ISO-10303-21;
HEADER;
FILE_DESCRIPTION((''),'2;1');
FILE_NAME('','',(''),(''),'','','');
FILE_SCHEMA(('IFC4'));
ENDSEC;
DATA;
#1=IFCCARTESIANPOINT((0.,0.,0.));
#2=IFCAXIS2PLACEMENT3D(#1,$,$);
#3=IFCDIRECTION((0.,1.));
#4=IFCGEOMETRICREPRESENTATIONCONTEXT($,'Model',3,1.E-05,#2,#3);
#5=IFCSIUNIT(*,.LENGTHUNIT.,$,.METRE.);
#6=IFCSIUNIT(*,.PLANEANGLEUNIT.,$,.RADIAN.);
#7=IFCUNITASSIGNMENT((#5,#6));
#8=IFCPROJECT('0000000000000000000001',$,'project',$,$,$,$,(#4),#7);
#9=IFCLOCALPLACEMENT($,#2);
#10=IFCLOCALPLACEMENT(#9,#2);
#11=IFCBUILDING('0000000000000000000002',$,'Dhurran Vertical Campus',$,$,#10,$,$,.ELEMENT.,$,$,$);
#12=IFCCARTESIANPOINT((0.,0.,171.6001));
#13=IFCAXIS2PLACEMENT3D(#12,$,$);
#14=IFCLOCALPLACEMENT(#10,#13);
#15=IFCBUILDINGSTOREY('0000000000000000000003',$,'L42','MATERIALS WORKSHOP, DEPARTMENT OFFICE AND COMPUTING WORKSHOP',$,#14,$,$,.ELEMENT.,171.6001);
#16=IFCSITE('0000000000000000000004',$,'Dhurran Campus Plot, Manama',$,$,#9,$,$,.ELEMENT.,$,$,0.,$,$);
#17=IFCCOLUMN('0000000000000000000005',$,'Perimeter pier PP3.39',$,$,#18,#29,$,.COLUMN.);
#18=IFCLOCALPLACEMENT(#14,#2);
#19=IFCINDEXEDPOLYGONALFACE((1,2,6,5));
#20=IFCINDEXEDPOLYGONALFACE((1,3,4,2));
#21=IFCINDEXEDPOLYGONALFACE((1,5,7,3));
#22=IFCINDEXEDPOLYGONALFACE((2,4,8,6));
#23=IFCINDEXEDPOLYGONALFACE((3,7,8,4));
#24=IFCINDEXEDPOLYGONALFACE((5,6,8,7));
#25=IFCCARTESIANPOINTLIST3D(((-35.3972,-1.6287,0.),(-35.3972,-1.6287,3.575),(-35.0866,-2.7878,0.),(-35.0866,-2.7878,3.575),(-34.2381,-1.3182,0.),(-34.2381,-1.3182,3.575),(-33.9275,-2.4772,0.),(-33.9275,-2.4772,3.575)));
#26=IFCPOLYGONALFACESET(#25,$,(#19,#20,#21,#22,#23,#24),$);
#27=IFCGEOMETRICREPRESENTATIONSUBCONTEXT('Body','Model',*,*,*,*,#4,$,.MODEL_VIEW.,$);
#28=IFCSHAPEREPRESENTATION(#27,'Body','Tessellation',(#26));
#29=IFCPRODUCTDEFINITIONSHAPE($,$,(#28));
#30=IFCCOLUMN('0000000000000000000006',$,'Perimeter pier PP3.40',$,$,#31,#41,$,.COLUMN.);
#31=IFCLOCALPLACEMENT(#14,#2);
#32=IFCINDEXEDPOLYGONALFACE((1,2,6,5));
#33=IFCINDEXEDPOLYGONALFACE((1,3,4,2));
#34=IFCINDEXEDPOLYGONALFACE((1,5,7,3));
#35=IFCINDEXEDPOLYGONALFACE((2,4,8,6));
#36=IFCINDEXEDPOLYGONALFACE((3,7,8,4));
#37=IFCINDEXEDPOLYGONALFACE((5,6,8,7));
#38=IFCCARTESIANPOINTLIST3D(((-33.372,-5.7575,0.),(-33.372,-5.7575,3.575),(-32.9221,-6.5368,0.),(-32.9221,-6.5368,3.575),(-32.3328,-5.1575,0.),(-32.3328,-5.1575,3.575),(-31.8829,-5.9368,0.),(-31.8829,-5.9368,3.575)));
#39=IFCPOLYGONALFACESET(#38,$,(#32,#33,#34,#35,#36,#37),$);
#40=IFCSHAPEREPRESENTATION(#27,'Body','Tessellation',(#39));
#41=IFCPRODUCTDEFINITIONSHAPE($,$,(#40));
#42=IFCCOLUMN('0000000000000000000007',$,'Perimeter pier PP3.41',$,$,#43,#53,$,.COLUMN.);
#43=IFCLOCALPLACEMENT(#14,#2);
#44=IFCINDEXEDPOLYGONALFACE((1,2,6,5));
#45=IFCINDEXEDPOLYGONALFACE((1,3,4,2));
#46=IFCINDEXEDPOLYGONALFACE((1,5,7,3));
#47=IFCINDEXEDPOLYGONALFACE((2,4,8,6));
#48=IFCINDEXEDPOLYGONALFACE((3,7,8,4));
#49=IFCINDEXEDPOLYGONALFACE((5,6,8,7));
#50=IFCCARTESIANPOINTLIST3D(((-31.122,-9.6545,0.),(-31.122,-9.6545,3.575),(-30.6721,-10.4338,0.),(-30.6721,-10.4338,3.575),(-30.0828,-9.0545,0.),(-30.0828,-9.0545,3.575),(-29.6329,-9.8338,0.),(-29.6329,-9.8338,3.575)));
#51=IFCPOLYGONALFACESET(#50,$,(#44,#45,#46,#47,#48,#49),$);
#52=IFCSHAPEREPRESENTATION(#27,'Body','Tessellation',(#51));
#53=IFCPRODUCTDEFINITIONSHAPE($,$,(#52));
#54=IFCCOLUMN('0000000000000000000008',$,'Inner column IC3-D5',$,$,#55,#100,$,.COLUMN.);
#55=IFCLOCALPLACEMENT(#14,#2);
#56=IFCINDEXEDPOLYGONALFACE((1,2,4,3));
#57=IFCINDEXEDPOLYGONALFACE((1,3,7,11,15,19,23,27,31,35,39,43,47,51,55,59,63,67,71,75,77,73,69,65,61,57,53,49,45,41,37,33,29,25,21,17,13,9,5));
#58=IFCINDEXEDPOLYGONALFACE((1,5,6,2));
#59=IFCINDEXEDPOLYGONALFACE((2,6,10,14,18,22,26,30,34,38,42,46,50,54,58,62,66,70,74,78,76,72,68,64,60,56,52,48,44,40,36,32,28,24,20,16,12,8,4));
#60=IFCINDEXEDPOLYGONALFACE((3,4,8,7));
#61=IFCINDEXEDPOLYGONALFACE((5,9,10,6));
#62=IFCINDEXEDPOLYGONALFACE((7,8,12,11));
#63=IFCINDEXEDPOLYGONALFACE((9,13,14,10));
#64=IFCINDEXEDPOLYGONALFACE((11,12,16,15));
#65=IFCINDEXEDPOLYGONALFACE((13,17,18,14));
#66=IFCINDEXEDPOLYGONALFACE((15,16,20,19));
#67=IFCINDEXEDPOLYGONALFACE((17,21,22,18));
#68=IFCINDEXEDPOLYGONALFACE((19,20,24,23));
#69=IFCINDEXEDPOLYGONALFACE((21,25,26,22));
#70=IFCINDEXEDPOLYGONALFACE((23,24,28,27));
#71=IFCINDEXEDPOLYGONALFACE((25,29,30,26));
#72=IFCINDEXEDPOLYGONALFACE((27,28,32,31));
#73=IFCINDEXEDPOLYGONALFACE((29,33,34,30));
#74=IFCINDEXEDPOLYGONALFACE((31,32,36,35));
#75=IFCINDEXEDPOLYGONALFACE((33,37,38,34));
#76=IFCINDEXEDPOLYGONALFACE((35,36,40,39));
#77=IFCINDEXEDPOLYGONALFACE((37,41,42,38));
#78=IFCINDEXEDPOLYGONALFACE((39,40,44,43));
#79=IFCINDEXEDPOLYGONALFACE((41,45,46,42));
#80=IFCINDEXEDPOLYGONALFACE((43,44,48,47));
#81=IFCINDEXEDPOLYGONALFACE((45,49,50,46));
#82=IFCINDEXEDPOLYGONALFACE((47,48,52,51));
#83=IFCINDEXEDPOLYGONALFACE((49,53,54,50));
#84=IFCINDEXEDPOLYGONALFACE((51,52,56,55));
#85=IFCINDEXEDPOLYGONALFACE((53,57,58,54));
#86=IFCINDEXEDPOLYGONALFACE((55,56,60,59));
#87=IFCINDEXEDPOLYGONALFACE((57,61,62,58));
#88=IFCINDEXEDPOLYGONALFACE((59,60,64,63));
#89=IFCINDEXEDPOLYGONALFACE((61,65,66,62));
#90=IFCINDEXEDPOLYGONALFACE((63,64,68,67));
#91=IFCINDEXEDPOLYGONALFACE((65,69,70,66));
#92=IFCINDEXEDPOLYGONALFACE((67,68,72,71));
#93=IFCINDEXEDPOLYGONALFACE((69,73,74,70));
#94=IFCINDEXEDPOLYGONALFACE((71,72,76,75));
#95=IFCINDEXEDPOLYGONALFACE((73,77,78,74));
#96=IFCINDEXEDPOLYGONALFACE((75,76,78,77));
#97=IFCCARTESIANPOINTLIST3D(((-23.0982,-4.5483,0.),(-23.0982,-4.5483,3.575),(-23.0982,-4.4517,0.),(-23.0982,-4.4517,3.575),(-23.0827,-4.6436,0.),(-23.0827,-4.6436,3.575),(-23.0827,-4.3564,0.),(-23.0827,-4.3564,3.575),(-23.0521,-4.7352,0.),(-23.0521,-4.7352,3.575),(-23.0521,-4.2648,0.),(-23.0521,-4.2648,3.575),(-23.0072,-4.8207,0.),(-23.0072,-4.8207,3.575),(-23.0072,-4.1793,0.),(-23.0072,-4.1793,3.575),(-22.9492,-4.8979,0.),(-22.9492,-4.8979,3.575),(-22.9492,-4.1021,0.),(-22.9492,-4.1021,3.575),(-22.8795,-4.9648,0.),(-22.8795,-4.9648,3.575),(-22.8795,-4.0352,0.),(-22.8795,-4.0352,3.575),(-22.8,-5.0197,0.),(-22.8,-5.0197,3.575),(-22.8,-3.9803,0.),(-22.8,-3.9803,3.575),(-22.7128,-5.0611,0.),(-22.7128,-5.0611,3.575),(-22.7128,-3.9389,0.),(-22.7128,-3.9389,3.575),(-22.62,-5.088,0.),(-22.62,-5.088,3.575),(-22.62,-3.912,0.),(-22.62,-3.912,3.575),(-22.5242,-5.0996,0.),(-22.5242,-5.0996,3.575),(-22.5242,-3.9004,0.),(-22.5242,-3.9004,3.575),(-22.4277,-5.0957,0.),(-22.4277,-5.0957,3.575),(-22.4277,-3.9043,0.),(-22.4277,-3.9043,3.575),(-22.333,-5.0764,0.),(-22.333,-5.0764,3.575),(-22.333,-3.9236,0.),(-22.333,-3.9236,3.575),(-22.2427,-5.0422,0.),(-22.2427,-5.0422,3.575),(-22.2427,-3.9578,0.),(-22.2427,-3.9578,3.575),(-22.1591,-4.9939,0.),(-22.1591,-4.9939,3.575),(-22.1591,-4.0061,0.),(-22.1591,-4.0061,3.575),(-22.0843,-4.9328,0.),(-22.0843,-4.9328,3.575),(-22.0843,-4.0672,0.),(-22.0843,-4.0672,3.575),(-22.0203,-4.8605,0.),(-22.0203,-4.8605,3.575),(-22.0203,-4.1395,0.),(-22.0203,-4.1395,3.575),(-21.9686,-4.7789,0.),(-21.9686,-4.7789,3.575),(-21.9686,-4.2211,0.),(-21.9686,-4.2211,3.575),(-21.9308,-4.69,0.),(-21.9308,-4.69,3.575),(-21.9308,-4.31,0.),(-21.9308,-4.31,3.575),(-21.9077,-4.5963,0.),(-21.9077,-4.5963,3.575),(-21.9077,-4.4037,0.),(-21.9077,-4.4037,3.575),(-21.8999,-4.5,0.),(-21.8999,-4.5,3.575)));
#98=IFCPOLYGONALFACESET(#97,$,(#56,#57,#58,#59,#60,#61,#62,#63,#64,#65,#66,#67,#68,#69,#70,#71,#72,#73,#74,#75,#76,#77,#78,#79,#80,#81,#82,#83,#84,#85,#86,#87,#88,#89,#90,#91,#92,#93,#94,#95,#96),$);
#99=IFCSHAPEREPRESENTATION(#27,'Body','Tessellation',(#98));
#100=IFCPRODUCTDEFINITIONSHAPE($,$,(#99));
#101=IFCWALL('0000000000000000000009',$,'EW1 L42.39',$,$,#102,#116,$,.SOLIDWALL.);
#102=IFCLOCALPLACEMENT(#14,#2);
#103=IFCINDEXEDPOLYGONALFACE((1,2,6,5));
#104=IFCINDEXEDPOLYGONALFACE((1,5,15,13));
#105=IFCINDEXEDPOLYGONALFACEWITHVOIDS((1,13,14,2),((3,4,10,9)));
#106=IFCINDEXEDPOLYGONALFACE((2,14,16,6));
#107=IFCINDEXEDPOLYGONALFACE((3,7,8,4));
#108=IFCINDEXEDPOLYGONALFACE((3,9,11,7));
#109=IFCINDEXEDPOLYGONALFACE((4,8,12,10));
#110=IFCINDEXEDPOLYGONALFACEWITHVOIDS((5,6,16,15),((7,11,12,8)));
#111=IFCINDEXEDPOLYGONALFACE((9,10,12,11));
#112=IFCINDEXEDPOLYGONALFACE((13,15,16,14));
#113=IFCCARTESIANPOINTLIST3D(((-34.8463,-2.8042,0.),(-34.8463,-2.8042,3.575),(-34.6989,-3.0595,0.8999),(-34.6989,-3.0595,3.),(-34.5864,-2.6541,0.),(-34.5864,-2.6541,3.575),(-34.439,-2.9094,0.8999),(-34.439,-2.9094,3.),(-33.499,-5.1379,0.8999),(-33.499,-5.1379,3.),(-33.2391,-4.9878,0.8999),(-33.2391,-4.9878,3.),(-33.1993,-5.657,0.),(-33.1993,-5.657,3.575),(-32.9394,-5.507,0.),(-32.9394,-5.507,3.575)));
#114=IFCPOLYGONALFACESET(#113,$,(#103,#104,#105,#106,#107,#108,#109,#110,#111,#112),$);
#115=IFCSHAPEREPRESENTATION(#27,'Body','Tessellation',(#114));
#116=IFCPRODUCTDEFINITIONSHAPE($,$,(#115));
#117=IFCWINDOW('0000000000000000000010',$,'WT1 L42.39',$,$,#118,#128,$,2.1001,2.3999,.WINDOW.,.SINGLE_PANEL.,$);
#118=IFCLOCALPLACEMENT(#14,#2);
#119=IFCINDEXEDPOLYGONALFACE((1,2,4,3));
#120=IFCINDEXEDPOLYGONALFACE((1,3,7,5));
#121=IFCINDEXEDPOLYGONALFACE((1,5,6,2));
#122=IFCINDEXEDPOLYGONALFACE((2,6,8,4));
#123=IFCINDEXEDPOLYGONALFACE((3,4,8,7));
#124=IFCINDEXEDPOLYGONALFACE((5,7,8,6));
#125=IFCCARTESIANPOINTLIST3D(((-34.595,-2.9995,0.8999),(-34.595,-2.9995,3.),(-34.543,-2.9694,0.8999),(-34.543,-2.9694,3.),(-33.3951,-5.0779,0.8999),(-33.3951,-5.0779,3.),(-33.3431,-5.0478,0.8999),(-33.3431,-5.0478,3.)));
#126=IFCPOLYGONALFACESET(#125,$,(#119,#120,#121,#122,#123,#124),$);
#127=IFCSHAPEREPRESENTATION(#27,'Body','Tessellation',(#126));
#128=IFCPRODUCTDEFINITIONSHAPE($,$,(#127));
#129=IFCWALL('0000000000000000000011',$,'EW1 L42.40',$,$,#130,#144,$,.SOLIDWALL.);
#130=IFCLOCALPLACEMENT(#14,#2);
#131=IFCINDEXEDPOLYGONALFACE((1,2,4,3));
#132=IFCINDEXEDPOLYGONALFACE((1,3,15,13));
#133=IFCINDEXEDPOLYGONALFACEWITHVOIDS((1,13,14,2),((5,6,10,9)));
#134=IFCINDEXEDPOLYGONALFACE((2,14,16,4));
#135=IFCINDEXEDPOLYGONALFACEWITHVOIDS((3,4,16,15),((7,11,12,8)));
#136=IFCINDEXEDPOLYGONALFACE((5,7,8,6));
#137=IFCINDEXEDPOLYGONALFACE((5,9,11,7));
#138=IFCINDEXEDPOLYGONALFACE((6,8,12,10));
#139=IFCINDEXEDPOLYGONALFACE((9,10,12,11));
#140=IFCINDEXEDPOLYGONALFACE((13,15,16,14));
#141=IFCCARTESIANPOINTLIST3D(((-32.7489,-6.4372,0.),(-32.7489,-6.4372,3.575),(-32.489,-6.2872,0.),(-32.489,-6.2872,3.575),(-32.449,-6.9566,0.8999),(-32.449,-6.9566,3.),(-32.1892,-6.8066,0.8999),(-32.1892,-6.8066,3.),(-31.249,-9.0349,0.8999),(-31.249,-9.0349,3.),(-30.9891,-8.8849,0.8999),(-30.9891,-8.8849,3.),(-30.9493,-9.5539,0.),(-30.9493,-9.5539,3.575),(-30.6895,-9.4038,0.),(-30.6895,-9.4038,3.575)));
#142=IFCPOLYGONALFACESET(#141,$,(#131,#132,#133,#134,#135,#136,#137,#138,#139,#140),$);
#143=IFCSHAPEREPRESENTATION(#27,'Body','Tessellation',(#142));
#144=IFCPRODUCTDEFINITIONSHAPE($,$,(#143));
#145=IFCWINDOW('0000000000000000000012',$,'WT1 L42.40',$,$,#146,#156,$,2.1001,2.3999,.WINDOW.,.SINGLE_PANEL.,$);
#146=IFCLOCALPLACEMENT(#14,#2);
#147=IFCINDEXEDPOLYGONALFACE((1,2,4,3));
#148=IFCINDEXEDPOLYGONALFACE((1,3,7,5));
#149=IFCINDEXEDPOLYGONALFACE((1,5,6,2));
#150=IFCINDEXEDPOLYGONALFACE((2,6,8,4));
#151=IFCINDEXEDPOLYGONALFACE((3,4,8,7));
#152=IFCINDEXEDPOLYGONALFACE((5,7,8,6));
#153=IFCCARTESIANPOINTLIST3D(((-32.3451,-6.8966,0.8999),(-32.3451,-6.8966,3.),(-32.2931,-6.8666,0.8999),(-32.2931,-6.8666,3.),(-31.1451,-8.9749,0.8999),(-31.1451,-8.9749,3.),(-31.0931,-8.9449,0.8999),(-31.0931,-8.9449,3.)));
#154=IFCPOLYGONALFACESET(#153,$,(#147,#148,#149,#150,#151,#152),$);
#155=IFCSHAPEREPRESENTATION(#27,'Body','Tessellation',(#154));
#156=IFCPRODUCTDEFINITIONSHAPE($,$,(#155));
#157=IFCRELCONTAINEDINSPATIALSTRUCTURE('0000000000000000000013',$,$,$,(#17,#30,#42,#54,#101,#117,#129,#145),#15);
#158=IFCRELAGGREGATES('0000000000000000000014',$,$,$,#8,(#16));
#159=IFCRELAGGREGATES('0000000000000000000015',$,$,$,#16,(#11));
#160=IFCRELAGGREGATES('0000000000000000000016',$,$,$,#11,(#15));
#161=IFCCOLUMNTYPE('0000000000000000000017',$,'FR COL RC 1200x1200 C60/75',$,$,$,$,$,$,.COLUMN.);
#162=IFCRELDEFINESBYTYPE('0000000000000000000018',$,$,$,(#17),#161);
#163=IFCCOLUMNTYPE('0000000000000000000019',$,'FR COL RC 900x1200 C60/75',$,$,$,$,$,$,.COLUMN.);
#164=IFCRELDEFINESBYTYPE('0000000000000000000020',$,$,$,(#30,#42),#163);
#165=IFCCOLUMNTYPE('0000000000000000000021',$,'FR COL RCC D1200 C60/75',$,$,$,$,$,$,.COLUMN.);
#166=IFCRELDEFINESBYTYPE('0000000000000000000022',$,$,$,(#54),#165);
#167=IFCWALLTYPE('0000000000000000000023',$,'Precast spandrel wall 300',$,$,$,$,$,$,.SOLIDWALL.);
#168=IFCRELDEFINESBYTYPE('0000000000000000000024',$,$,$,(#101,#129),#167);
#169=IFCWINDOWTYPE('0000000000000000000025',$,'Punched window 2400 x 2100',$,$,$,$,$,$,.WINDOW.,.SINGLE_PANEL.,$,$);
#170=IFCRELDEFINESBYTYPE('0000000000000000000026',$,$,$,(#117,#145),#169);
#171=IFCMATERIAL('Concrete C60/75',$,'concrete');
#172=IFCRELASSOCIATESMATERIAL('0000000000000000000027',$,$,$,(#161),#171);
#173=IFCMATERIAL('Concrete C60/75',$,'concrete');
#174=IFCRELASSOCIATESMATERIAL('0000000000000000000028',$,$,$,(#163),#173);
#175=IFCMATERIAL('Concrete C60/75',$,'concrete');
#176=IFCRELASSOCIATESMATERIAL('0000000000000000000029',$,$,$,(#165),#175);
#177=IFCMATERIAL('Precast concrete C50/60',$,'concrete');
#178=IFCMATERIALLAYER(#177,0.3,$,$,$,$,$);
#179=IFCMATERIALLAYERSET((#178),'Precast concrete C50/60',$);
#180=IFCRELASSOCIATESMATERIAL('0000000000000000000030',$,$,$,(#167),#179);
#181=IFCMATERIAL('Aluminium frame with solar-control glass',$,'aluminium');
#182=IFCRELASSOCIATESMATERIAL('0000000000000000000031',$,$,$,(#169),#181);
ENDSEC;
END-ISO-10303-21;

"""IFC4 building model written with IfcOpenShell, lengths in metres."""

from ifc_helpers import new_model, si_unit, direction, frame, frame_2d, origin, origin_2d, place, context, subcontext, project, spatial, rectangle, circle, extrude, material, layer, layer_set, material_profile, profile_set, type_object, element, fill, save


model = new_model("IFC4")

# Units and contexts
model_context = context("Model", 3, precision=1e-05, world=origin(), true_north=direction((0.0, 1.0)))
body_context = subcontext(model_context, "Body", "Model", "MODEL_VIEW")
ifc_project = project(units=[si_unit("LENGTHUNIT", "METRE"), si_unit("PLANEANGLEUNIT", "RADIAN")], contexts=[model_context])

# Site, building, storey
site_placement = place(None, origin())
site = spatial("IfcSite", under=ifc_project, at=site_placement, Name="Dhurran Campus Plot, Manama", CompositionType="ELEMENT", RefElevation=0.0)
building_placement = place(site_placement, origin())
building = spatial("IfcBuilding", under=site, at=building_placement, Name="Dhurran Vertical Campus", CompositionType="ELEMENT")
storey_placement = place(building_placement, frame((0.0, 0.0, 171.6001)))
storey = spatial("IfcBuildingStorey", under=building, at=storey_placement, Name="L42", Description="MATERIALS WORKSHOP, DEPARTMENT OFFICE AND COMPUTING WORKSHOP", CompositionType="ELEMENT", Elevation=171.6001)

# Columns
ifc_material_1 = material(Name="Concrete C60/75", Category="concrete")
ifc_material_profile_1 = material_profile(ifc_material_1, rectangle(XDim=1.2, YDim=1.2, at=origin_2d()), Name="RC 1200x1200")
ifc_profile_set_1 = profile_set([ifc_material_profile_1], Name="Concrete C60/75")
column_type_1 = type_object("IfcColumnType", Name="FR COL RC 1200x1200 C60/75", PredefinedType="COLUMN", material=ifc_profile_set_1)
column_1_placement = place(storey_placement, frame((-34.6624, -2.053, 0.0), z_axis=(0.0, 0.0, 1.0), x_axis=(0.258819, -0.965926, 0.0)))
element("IfcColumn", 1, at=column_1_placement, inside=storey, type_object=column_type_1, Name="Perimeter pier PP3.39", PredefinedType="COLUMN", context=body_context, shape_type="SweptSolid", body=[
    extrude(rectangle(XDim=1.2, YDim=1.2, at=origin_2d()), origin(), (0.0, 0.0, 1.0), 3.575),
])
ifc_material_2 = material(Name="Concrete C60/75", Category="concrete")
ifc_material_profile_2 = material_profile(ifc_material_2, rectangle(XDim=0.8999, YDim=1.2, at=origin_2d()), Name="RC 900x1200")
ifc_profile_set_2 = profile_set([ifc_material_profile_2], Name="Concrete C60/75")
column_type_2 = type_object("IfcColumnType", Name="FR COL RC 900x1200 C60/75", PredefinedType="COLUMN", material=ifc_profile_set_2)
for number, where, z_axis, x_axis, name in (
    (2, (-32.6274, -5.8472, 0.0), (0.0, 0.0, 1.0), (0.5, -0.866025, 0.0), "Perimeter pier PP3.40"),
    (3, (-30.3774, -9.7441, 0.0), (0.0, 0.0, 1.0), (0.5, -0.866025, 0.0), "Perimeter pier PP3.41"),
):
    element("IfcColumn", number, at=place(storey_placement, frame(where, z_axis=z_axis, x_axis=x_axis)), inside=storey, type_object=column_type_2, Name=name, PredefinedType="COLUMN", context=body_context, shape_type="SweptSolid", body=[
        extrude(rectangle(XDim=0.8999, YDim=1.2, at=origin_2d()), origin(), (0.0, 0.0, 1.0), 3.575),
    ])
ifc_material_3 = material(Name="Concrete C60/75", Category="concrete")
ifc_material_profile_3 = material_profile(ifc_material_3, circle(Radius=0.6001, at=origin_2d()), Name="RCC D1200")
ifc_profile_set_3 = profile_set([ifc_material_profile_3], Name="Concrete C60/75")
column_type_3 = type_object("IfcColumnType", Name="FR COL RCC D1200 C60/75", PredefinedType="COLUMN", material=ifc_profile_set_3)
column_2_placement = place(storey_placement, frame((-22.5, -4.5, 0.0), z_axis=(0.0, 0.0, 1.0), x_axis=(1.0, 0.0, 0.0)))
element("IfcColumn", 4, at=column_2_placement, inside=storey, type_object=column_type_3, Name="Inner column IC3-D5", PredefinedType="COLUMN", context=body_context, shape_type="SweptSolid", body=[
    extrude(circle(Radius=0.6001, at=origin_2d()), origin(), (0.0, 0.0, 1.0), 3.575),
])

# Walls, openings, windows
ifc_material_4 = material(Name="Precast concrete C50/60", Category="concrete")
ifc_layer_1 = layer(ifc_material_4, 0.3)
ifc_layer_set_1 = layer_set([ifc_layer_1], Name="Precast concrete C50/60")
wall_type_1 = type_object("IfcWallType", Name="Precast spandrel wall 300", PredefinedType="SOLIDWALL", material=ifc_layer_set_1)
wall_1_placement = place(storey_placement, frame((-34.7163, -2.7292, 0.0), z_axis=(0.0, 0.0, 1.0), x_axis=(0.499981, -0.866036, 0.0)))
wall_1 = element("IfcWall", 5, at=wall_1_placement, inside=storey, type_object=wall_type_1, Name="EW1 L42.39", PredefinedType="SOLIDWALL", context=body_context, shape_type="SweptSolid", body=[
    extrude(rectangle(XDim=3.2942, YDim=0.3, at=frame_2d((1.647, 0.0))), origin(), (0.0, 0.0, 1.0), 3.575),
])
opening_1_placement = place(wall_1_placement, frame((0.2947, 0.0, 0.8999)))
opening_1 = element("IfcOpeningElement", 6, at=opening_1_placement, cuts=wall_1, PredefinedType="OPENING", context=body_context, shape_type="SweptSolid", body=[
    extrude(rectangle(XDim=2.3999, YDim=2.1001, at=frame_2d((1.2, 1.05))), frame((0.0, 0.1599, 0.0), z_axis=(0.0, -1.0, 0.0), x_axis=(1.0, 0.0, 0.0)), (0.0, 0.0, 1.0), 0.3201),
])
ifc_material_5 = material(Name="Aluminium frame with solar-control glass", Category="aluminium")
window_type = type_object("IfcWindowType", Name="Punched window 2400 x 2100", PartitioningType="SINGLE_PANEL", PredefinedType="WINDOW", material=ifc_material_5)
window_1_placement = place(opening_1_placement, origin())
window_1 = element("IfcWindow", 7, at=window_1_placement, inside=storey, type_object=window_type, Name="WT1 L42.39", OverallHeight=2.1001, OverallWidth=2.3999, PartitioningType="SINGLE_PANEL", PredefinedType="WINDOW", context=body_context, shape_type="SweptSolid", body=[
    extrude(rectangle(XDim=2.3999, YDim=2.1001, at=frame_2d((1.2, 1.05))), frame((0.0, 0.03, 0.0), z_axis=(0.0, -1.0, 0.0), x_axis=(1.0, 0.0, 0.0)), (0.0, 0.0, 1.0), 0.0601),
])
fill(opening_1, window_1)
wall_2_placement = place(storey_placement, frame((-32.6189, -6.3623, 0.0), z_axis=(0.0, 0.0, 1.0), x_axis=(0.500028, -0.866009, 0.0)))
wall_2 = element("IfcWall", 8, at=wall_2_placement, inside=storey, type_object=wall_type_1, Name="EW1 L42.40", PredefinedType="SOLIDWALL", context=body_context, shape_type="SweptSolid", body=[
    extrude(rectangle(XDim=3.5989, YDim=0.3, at=frame_2d((1.7993, 0.0))), origin(), (0.0, 0.0, 1.0), 3.575),
])
opening_2_placement = place(wall_2_placement, frame((0.5996, 0.0, 0.8999)))
opening_2 = element("IfcOpeningElement", 9, at=opening_2_placement, cuts=wall_2, PredefinedType="OPENING", context=body_context, shape_type="SweptSolid", body=[
    extrude(rectangle(XDim=2.3999, YDim=2.1001, at=frame_2d((1.2, 1.05))), frame((0.0, 0.1599, 0.0), z_axis=(0.0, -1.0, 0.0), x_axis=(1.0, 0.0, 0.0)), (0.0, 0.0, 1.0), 0.3201),
])
window_2_placement = place(opening_2_placement, origin())
window_2 = element("IfcWindow", 10, at=window_2_placement, inside=storey, type_object=window_type, Name="WT1 L42.40", OverallHeight=2.1001, OverallWidth=2.3999, PartitioningType="SINGLE_PANEL", PredefinedType="WINDOW", context=body_context, shape_type="SweptSolid", body=[
    extrude(rectangle(XDim=2.3999, YDim=2.1001, at=frame_2d((1.2, 1.05))), frame((0.0, 0.03, 0.0), z_axis=(0.0, -1.0, 0.0), x_axis=(1.0, 0.0, 0.0)), (0.0, 0.0, 1.0), 0.0601),
])
fill(opening_2, window_2)

save(model, "model.ifc")
